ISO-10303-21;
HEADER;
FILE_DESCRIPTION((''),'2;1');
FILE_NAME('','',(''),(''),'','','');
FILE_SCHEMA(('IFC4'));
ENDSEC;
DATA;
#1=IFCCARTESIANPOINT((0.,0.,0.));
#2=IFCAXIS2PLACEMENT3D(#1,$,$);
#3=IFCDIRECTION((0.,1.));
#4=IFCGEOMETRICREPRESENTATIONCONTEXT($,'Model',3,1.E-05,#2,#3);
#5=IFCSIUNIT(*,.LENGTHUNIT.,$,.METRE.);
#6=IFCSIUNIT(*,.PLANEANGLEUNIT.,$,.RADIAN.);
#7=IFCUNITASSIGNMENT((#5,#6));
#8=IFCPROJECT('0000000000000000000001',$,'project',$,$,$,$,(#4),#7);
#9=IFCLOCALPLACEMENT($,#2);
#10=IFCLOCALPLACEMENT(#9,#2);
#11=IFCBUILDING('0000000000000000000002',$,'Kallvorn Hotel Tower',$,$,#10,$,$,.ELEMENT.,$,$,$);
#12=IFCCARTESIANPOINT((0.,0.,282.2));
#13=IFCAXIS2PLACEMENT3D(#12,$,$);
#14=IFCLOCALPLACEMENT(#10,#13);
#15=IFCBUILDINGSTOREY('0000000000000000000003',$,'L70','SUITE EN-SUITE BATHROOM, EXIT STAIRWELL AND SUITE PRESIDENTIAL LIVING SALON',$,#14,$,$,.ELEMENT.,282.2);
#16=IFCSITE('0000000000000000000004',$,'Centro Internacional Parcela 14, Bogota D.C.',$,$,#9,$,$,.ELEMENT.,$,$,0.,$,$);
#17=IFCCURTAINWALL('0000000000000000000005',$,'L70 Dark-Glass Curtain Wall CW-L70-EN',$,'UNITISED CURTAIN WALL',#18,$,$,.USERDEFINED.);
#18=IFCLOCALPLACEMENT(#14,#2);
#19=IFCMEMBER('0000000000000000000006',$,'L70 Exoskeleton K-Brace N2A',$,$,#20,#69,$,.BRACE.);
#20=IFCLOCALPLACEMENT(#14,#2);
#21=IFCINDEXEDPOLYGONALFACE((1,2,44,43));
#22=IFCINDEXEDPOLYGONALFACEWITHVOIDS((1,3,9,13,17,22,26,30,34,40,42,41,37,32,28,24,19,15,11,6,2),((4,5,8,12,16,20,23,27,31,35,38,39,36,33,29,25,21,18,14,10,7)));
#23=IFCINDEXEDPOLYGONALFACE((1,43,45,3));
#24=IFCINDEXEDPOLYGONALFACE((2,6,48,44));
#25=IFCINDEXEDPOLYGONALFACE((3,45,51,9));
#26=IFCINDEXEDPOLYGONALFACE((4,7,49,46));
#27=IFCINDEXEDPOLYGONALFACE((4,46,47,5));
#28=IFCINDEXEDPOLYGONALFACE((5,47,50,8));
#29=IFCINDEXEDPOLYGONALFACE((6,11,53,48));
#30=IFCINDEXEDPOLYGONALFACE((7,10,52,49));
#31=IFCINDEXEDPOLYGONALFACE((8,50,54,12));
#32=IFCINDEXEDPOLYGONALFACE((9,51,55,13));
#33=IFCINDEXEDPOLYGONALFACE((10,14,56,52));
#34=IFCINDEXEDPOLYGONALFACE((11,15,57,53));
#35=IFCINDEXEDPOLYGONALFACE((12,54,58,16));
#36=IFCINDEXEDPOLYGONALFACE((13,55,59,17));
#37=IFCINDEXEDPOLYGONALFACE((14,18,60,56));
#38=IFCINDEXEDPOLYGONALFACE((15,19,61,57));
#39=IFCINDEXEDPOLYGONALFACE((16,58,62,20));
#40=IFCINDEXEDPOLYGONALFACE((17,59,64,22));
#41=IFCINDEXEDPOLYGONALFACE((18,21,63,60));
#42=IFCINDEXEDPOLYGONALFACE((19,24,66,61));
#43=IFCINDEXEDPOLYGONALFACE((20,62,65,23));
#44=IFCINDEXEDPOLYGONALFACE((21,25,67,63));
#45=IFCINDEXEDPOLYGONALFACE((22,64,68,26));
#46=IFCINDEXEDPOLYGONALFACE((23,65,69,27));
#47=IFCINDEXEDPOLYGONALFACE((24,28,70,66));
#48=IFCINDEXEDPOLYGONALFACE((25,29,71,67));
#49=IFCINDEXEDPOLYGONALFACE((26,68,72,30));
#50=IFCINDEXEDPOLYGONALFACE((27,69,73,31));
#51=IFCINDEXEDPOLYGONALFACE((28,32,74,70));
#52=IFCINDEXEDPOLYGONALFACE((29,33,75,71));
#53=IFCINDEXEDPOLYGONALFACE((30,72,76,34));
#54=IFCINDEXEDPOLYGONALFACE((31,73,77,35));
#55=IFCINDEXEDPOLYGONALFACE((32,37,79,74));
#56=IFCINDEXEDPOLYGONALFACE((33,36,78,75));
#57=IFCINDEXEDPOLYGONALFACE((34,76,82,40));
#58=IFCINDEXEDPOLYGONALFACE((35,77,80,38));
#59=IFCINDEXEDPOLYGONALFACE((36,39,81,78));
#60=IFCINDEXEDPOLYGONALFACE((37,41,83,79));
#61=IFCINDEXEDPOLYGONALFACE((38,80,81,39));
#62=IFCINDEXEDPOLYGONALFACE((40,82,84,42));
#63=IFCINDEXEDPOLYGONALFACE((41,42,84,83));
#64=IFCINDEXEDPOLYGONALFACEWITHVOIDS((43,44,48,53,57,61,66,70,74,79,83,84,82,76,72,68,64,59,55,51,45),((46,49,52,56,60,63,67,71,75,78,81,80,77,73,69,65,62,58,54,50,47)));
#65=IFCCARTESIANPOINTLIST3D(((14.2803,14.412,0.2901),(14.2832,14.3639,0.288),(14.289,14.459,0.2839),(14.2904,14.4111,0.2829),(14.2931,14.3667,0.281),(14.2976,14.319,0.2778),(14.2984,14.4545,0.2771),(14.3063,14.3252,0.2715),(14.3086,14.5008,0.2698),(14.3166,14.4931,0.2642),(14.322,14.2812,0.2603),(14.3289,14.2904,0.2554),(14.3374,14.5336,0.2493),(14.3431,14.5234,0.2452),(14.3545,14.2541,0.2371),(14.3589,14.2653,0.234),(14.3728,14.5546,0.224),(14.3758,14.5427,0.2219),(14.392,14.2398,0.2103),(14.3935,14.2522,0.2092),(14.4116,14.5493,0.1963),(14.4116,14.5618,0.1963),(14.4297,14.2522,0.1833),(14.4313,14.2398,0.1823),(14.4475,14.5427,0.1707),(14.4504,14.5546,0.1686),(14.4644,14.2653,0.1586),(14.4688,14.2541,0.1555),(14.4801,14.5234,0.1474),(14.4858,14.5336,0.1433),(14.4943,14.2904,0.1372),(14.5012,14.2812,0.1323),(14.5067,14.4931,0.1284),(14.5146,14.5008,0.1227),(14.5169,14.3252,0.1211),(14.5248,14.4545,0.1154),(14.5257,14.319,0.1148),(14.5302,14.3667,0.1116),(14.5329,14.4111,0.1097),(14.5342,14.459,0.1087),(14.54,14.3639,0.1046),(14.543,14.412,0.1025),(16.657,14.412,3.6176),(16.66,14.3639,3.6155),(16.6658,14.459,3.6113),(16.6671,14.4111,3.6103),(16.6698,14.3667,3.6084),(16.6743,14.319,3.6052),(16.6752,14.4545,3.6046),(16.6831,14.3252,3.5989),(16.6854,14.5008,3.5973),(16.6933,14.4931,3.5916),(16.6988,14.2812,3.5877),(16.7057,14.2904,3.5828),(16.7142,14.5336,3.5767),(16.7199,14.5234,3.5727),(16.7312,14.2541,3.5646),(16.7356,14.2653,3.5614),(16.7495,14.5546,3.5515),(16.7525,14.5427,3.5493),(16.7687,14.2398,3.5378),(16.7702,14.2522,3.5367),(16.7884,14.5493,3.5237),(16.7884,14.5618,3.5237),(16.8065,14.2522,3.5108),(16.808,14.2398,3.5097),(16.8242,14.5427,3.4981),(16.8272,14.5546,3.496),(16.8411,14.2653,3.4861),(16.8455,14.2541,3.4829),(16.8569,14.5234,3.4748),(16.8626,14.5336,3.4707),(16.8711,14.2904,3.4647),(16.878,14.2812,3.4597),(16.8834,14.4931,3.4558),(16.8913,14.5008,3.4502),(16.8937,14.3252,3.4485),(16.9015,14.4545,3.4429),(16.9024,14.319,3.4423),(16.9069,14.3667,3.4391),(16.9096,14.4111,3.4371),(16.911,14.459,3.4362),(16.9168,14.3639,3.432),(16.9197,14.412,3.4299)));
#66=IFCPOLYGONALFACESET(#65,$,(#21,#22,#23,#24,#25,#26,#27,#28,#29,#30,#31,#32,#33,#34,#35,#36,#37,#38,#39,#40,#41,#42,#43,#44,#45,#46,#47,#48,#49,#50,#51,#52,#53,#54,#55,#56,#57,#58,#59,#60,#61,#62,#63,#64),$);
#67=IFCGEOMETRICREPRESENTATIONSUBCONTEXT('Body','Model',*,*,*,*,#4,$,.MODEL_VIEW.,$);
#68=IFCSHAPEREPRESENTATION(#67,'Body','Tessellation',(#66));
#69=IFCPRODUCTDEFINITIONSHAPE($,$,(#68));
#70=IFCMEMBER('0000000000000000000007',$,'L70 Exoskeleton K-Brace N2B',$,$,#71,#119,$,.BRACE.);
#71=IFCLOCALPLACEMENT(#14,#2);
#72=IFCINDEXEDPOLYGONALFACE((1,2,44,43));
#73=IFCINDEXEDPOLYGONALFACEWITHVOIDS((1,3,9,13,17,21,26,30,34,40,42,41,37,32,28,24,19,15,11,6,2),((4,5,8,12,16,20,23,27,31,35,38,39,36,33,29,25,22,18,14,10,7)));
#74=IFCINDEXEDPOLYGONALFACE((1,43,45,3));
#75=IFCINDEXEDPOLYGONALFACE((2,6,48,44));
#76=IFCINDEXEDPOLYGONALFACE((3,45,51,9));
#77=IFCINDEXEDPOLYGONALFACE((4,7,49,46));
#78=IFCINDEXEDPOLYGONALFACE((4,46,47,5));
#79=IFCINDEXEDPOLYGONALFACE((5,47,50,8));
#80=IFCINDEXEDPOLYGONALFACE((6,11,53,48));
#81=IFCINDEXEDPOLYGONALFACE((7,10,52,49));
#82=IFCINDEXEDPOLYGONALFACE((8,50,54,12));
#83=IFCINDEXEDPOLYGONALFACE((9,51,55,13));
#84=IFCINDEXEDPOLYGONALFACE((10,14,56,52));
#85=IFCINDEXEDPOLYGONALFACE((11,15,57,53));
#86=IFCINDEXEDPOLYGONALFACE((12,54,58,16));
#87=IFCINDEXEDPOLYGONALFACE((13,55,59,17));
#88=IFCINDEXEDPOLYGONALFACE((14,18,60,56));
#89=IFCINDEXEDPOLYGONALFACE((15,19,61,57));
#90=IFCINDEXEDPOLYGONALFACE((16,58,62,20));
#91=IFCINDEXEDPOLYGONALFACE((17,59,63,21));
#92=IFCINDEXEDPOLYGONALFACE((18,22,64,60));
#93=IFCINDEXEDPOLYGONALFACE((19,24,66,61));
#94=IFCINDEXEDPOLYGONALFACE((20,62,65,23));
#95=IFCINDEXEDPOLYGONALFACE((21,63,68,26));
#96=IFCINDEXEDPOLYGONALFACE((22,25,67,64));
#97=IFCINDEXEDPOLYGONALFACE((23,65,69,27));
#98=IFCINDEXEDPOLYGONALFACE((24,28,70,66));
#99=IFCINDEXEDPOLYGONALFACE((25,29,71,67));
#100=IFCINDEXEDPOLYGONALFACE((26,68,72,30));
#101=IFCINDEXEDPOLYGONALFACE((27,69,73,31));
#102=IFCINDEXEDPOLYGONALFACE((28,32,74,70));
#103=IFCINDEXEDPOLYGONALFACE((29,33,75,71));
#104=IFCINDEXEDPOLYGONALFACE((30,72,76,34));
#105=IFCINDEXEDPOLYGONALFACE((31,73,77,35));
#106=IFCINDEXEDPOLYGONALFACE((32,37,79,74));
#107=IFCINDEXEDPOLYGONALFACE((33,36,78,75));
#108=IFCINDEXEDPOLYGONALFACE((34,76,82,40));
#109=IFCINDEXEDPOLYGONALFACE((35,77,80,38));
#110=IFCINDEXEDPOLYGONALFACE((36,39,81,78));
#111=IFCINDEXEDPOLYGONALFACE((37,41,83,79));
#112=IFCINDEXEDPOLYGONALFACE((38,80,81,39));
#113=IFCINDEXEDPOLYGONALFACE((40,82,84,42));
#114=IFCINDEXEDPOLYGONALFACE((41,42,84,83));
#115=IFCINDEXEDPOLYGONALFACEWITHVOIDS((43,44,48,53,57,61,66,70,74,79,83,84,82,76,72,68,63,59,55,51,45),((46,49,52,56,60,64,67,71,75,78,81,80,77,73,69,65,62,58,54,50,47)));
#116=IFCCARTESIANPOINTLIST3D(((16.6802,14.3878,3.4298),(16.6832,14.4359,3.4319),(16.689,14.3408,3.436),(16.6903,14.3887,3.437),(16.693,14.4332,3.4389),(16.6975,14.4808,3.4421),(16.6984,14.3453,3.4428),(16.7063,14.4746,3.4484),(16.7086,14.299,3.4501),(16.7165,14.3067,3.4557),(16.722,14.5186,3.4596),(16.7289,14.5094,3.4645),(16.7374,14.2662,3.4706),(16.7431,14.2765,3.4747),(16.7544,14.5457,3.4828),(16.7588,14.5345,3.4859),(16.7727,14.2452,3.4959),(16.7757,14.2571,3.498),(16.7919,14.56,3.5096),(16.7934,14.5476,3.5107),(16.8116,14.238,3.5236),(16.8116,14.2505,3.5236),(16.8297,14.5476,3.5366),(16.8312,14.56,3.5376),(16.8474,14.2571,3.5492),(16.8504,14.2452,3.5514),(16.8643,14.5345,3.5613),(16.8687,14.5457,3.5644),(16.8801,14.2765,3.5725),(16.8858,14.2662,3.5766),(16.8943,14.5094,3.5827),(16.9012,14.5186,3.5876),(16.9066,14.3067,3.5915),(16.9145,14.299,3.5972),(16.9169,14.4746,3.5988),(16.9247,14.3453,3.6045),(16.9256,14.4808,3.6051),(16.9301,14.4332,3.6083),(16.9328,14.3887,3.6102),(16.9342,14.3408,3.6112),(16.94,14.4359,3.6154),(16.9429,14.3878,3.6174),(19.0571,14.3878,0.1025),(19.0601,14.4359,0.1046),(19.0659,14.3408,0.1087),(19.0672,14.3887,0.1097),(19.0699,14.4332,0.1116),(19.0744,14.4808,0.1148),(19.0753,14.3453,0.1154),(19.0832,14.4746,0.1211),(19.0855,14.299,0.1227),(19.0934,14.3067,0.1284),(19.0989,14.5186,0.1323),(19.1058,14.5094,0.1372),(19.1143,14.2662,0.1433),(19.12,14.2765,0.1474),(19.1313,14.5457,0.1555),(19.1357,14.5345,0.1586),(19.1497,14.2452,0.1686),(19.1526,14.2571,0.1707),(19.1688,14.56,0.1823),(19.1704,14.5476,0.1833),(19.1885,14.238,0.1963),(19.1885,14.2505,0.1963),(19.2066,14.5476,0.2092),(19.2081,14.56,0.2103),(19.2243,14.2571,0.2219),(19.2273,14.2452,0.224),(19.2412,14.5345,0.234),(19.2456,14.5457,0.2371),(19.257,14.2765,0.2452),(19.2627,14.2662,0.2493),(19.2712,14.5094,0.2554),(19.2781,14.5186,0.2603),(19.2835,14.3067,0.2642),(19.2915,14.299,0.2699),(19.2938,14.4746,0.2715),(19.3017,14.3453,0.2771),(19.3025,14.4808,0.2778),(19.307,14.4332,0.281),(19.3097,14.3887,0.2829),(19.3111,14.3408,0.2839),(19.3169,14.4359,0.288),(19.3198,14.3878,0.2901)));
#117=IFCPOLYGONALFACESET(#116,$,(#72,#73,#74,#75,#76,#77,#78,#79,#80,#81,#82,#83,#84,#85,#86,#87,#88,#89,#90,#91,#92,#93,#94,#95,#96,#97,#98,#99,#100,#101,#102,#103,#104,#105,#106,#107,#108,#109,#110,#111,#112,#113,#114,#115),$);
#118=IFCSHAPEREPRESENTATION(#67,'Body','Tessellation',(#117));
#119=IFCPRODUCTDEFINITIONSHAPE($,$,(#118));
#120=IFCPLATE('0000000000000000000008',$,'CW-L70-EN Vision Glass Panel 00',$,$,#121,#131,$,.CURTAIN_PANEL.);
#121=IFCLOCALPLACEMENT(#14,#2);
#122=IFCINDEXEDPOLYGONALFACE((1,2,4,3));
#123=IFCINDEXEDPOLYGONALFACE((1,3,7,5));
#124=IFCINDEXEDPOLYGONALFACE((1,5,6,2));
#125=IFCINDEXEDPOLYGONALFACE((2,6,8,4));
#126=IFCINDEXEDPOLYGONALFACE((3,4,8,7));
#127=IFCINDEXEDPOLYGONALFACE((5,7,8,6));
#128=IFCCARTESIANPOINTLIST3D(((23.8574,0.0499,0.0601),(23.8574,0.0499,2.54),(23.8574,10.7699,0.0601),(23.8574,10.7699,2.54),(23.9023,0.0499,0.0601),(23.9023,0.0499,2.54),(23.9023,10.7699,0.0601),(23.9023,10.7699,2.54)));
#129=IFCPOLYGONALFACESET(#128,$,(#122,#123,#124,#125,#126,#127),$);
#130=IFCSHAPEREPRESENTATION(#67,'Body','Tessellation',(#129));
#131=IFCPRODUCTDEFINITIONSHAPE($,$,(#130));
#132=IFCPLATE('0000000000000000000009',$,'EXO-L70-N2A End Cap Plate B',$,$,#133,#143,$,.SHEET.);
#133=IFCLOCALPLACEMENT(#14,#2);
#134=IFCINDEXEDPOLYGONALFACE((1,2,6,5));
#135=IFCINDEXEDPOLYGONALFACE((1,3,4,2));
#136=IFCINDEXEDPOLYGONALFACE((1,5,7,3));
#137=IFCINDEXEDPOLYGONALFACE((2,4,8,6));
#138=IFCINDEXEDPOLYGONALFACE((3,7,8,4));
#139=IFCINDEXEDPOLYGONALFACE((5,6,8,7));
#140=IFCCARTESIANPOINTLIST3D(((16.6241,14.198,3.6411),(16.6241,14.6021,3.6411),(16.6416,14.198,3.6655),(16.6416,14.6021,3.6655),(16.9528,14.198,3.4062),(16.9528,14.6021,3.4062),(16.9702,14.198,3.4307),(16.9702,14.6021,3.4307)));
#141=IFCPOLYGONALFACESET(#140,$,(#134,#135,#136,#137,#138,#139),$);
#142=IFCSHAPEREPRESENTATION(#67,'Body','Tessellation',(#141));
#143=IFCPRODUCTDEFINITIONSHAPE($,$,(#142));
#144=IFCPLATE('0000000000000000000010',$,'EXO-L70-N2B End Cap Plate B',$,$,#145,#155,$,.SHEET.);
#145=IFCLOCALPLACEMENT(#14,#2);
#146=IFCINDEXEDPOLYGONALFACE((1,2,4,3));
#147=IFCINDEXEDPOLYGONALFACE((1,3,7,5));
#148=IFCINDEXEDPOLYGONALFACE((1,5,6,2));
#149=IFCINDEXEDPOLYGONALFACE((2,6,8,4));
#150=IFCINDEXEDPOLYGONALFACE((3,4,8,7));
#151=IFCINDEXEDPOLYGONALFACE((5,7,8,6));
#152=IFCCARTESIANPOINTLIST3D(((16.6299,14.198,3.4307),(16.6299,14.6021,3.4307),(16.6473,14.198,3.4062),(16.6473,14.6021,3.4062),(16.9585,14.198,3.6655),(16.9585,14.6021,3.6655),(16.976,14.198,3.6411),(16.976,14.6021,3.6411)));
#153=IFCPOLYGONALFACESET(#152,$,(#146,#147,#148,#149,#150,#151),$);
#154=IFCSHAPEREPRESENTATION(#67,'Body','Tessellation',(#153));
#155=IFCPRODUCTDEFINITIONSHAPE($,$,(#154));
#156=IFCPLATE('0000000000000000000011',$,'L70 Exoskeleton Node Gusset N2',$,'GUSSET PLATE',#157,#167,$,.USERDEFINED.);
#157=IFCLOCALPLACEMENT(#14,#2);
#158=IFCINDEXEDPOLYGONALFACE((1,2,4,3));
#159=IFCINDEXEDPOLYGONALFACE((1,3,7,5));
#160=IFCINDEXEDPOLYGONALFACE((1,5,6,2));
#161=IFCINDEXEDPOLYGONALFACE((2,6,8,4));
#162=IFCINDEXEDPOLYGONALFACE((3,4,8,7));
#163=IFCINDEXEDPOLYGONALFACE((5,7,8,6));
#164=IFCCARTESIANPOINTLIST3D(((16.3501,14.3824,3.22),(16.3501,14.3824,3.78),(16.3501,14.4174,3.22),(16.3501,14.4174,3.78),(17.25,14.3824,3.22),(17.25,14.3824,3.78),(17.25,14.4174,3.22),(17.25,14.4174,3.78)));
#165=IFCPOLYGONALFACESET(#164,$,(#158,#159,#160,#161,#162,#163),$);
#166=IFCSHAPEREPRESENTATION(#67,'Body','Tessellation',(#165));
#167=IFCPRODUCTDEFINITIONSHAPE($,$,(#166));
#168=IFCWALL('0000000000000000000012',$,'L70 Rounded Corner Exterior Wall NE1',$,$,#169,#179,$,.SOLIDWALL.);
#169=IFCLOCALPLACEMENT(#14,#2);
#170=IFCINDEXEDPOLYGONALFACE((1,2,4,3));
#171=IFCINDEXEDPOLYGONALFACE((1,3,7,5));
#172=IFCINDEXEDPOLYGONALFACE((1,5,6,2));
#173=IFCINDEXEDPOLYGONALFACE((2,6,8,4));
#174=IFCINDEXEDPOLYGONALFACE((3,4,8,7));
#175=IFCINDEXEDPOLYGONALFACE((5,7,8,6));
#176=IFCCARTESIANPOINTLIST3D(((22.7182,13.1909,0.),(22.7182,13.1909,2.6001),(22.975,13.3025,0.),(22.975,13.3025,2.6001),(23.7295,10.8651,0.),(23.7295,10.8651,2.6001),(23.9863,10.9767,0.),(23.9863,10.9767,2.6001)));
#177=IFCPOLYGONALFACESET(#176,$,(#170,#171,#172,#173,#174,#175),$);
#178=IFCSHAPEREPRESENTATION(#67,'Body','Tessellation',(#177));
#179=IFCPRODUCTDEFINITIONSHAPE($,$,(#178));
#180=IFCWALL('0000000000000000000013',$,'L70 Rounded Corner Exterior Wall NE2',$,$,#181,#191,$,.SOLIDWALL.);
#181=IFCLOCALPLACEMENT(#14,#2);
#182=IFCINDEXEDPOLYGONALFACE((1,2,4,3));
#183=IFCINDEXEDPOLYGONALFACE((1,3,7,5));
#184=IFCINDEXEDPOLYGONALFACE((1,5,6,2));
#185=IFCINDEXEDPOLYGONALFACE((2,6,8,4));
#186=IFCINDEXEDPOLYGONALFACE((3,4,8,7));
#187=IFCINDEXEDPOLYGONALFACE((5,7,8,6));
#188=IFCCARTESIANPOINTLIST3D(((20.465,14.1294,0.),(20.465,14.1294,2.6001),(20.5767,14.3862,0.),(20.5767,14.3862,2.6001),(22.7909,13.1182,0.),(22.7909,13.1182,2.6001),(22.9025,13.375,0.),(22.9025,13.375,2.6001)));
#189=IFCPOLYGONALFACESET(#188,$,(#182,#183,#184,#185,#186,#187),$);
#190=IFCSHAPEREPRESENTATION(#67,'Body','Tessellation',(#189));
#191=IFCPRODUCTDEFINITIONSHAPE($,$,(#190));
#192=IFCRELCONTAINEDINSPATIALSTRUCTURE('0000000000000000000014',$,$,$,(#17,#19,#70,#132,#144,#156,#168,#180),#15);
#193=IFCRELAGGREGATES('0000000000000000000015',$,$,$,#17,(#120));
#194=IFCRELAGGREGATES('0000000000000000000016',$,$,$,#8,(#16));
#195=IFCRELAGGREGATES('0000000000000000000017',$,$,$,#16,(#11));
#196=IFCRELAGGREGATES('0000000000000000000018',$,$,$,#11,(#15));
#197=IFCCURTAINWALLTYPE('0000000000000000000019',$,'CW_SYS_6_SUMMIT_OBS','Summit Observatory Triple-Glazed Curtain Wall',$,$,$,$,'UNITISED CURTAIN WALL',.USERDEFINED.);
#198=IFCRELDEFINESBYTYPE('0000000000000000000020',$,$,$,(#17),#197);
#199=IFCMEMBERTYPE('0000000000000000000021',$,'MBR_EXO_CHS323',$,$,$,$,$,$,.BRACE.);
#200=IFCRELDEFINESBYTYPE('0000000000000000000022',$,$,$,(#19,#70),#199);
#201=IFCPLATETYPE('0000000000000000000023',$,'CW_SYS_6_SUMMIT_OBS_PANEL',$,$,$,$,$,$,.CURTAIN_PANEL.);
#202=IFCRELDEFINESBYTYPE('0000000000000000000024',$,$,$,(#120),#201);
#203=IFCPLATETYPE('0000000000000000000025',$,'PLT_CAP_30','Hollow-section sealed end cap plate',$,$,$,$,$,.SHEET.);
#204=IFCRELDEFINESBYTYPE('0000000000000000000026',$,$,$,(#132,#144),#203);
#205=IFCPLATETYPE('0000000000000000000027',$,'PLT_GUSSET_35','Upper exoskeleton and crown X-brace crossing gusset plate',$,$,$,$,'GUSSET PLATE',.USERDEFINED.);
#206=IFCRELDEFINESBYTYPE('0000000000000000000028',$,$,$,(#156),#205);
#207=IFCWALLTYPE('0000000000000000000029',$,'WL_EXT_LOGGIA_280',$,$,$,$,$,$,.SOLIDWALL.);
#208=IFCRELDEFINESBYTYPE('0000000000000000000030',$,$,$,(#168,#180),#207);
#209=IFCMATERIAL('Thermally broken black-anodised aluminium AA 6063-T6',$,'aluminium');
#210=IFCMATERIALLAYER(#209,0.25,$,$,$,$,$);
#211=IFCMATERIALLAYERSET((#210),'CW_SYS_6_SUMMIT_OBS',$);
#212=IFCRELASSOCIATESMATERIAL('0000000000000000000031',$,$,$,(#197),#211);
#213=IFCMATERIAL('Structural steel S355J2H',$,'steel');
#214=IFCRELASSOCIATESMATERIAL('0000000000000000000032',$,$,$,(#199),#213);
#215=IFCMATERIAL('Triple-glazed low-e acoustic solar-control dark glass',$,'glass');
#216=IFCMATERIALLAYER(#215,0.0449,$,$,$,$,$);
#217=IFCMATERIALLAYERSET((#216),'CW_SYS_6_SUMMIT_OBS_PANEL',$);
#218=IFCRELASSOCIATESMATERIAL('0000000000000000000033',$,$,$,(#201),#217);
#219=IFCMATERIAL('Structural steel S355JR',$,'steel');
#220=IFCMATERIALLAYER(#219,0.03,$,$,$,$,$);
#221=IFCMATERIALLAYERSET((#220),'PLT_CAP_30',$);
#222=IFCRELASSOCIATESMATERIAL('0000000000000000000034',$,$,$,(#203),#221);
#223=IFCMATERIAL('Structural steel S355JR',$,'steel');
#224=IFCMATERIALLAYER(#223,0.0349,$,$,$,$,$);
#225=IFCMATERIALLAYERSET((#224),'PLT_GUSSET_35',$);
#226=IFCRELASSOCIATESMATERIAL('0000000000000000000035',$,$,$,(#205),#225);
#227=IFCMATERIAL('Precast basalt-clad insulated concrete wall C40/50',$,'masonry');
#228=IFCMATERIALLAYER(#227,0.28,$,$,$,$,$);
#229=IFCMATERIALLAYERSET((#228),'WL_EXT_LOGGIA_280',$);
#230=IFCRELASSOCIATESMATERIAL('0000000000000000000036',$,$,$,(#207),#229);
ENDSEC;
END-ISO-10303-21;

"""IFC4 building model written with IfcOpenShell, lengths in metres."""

from ifc_helpers import new_model, si_unit, direction, frame, frame_2d, origin, origin_2d, place, context, subcontext, project, spatial, polyline, rectangle, hollow_circle, outline, extrude, material, layer, layer_set, material_profile, profile_set, type_object, element, aggregate, save


model = new_model("IFC4")

# Units and contexts
model_context = context("Model", 3, precision=1e-05, world=origin(), true_north=direction((0.0, 1.0)))
body_context = subcontext(model_context, "Body", "Model", "MODEL_VIEW")
ifc_project = project(units=[si_unit("LENGTHUNIT", "METRE"), si_unit("PLANEANGLEUNIT", "RADIAN")], contexts=[model_context])

# Site, building, storey
site_placement = place(None, origin())
site = spatial("IfcSite", under=ifc_project, at=site_placement, Name="Centro Internacional Parcela 14, Bogota D.C.", CompositionType="ELEMENT", RefElevation=0.0)
building_placement = place(site_placement, origin())
building = spatial("IfcBuilding", under=site, at=building_placement, Name="Kallvorn Hotel Tower", CompositionType="ELEMENT")
storey_placement = place(building_placement, frame((0.0, 0.0, 282.2)))
storey = spatial("IfcBuildingStorey", under=building, at=storey_placement, Name="L70", Description="SUITE EN-SUITE BATHROOM, EXIT STAIRWELL AND SUITE PRESIDENTIAL LIVING SALON", CompositionType="ELEMENT", Elevation=282.2)

# Curtain wall
ifc_material_1 = material(Name="Thermally broken black-anodised aluminium AA 6063-T6", Category="aluminium")
ifc_layer_1 = layer(ifc_material_1, 0.25)
ifc_layer_set_1 = layer_set([ifc_layer_1], Name="CW_SYS_6_SUMMIT_OBS")
curtain_wall_type = type_object("IfcCurtainWallType", Name="CW_SYS_6_SUMMIT_OBS", Description="Summit Observatory Triple-Glazed Curtain Wall", ElementType="UNITISED CURTAIN WALL", PredefinedType="USERDEFINED", material=ifc_layer_set_1)
curtain_wall_placement = place(storey_placement, origin())
curtain_wall = element("IfcCurtainWall", 1, at=curtain_wall_placement, inside=storey, type_object=curtain_wall_type, Name="L70 Dark-Glass Curtain Wall CW-L70-EN", ObjectType="UNITISED CURTAIN WALL", PredefinedType="USERDEFINED")

# Members
ifc_material_2 = material(Name="Structural steel S355J2H", Category="steel")
ifc_material_profile_1 = material_profile(ifc_material_2, hollow_circle(Radius=0.1619, WallThickness=0.0125, at=origin_2d()), Name="CHS 323.9x12.5")
ifc_profile_set_1 = profile_set([ifc_material_profile_1], Name="Structural steel S355J2H")
member_type_1 = type_object("IfcMemberType", Name="MBR_EXO_CHS323", PredefinedType="BRACE", material=ifc_profile_set_1)
for number, where, z_axis, x_axis, name in (
    (2, (14.4116, 14.3999, 0.1963), (0.581238, 0.0, 0.813733), (0.0, 1.0, 0.0), "L70 Exoskeleton K-Brace N2A"),
    (3, (19.1885, 14.3999, 0.1963), (-0.581278, 0.0, 0.813705), (0.0, -1.0, 0.0), "L70 Exoskeleton K-Brace N2B"),
):
    element("IfcMember", number, at=place(storey_placement, frame(where, z_axis=z_axis, x_axis=x_axis)), inside=storey, type_object=member_type_1, Name=name, PredefinedType="BRACE", context=body_context, shape_type="SweptSolid", body=[
        extrude(hollow_circle(Radius=0.1619, WallThickness=0.0125, at=origin_2d()), origin(), (0.0, 0.0, 1.0), 4.0891),
    ])

# Plate
ifc_material_3 = material(Name="Triple-glazed low-e acoustic solar-control dark glass", Category="glass")
ifc_layer_2 = layer(ifc_material_3, 0.0449)
ifc_layer_set_2 = layer_set([ifc_layer_2], Name="CW_SYS_6_SUMMIT_OBS_PANEL")
plate_type_1 = type_object("IfcPlateType", Name="CW_SYS_6_SUMMIT_OBS_PANEL", PredefinedType="CURTAIN_PANEL", material=ifc_layer_set_2)
plate_1_placement = place(storey_placement, frame((23.8799, 5.4099, 0.0601), z_axis=(0.0, 0.0, 1.0), x_axis=(0.0, 1.0, 0.0)))
plate_1 = element("IfcPlate", 4, at=plate_1_placement, type_object=plate_type_1, Name="CW-L70-EN Vision Glass Panel 00", PredefinedType="CURTAIN_PANEL", context=body_context, shape_type="SweptSolid", body=[
    extrude(rectangle(XDim=10.72, YDim=0.0449, at=origin_2d()), origin(), (0.0, 0.0, 1.0), 2.48),
])
aggregate(curtain_wall, [plate_1])

# Plates
ifc_material_4 = material(Name="Structural steel S355JR", Category="steel")
ifc_layer_3 = layer(ifc_material_4, 0.03)
ifc_layer_set_3 = layer_set([ifc_layer_3], Name="PLT_CAP_30")
plate_type_2 = type_object("IfcPlateType", Name="PLT_CAP_30", Description="Hollow-section sealed end cap plate", PredefinedType="SHEET", material=ifc_layer_set_3)
for number, where, z_axis, x_axis, name in (
    (5, (16.9702, 14.198, 3.4307), (0.581467, 0.0, 0.81357), (0.0, 1.0, 0.0), "EXO-L70-N2A End Cap Plate B"),
    (6, (16.6299, 14.6021, 3.4307), (-0.581467, 0.0, 0.81357), (0.0, -1.0, 0.0), "EXO-L70-N2B End Cap Plate B"),
):
    element("IfcPlate", number, at=place(storey_placement, frame(where, z_axis=z_axis, x_axis=x_axis)), inside=storey, type_object=plate_type_2, Name=name, PredefinedType="SHEET", context=body_context, shape_type="SweptSolid", body=[
        extrude(outline(polyline([(0.0, 0.0), (0.4041, 0.0), (0.4041, 0.4039), (0.0, 0.4039), (0.0, 0.0)])), origin(), (0.0, 0.0, -1.0), 0.03),
    ])
ifc_material_5 = material(Name="Structural steel S355JR", Category="steel")
ifc_layer_4 = layer(ifc_material_5, 0.0349)
ifc_layer_set_4 = layer_set([ifc_layer_4], Name="PLT_GUSSET_35")
plate_type_3 = type_object("IfcPlateType", Name="PLT_GUSSET_35", Description="Upper exoskeleton and crown X-brace crossing gusset plate", ElementType="GUSSET PLATE", PredefinedType="USERDEFINED", material=ifc_layer_set_4)
plate_2_placement = place(storey_placement, frame((16.8, 14.3999, 3.22), z_axis=(0.0, 0.0, 1.0), x_axis=(1.0, 0.0, 0.0)))
element("IfcPlate", 7, at=plate_2_placement, inside=storey, type_object=plate_type_3, Name="L70 Exoskeleton Node Gusset N2", ObjectType="GUSSET PLATE", PredefinedType="USERDEFINED", context=body_context, shape_type="SweptSolid", body=[
    extrude(rectangle(XDim=0.8999, YDim=0.0349, at=origin_2d()), origin(), (0.0, 0.0, 1.0), 0.5601),
])

# Walls
ifc_material_6 = material(Name="Precast basalt-clad insulated concrete wall C40/50", Category="masonry")
ifc_layer_5 = layer(ifc_material_6, 0.28)
ifc_layer_set_5 = layer_set([ifc_layer_5], Name="WL_EXT_LOGGIA_280")
wall_type_1 = type_object("IfcWallType", Name="WL_EXT_LOGGIA_280", PredefinedType="SOLIDWALL", material=ifc_layer_set_5)
for number, where, z_axis, x_axis, name in (
    (8, (23.8579, 10.9209, 0.0), (0.0, 0.0, 1.0), (-0.398747, 0.917061, 0.0), "L70 Rounded Corner Exterior Wall NE1"),
    (9, (22.8467, 13.2466, 0.0), (0.0, 0.0, 1.0), (-0.917076, 0.398712, 0.0), "L70 Rounded Corner Exterior Wall NE2"),
):
    element("IfcWall", number, at=place(storey_placement, frame(where, z_axis=z_axis, x_axis=x_axis)), inside=storey, type_object=wall_type_1, Name=name, PredefinedType="SOLIDWALL", context=body_context, shape_type="SweptSolid", body=[
        extrude(rectangle(XDim=2.5361, YDim=0.28, at=frame_2d((1.2681, 0.0))), origin(), (0.0, 0.0, 1.0), 2.6001),
    ])

save(model, "model.ifc")
